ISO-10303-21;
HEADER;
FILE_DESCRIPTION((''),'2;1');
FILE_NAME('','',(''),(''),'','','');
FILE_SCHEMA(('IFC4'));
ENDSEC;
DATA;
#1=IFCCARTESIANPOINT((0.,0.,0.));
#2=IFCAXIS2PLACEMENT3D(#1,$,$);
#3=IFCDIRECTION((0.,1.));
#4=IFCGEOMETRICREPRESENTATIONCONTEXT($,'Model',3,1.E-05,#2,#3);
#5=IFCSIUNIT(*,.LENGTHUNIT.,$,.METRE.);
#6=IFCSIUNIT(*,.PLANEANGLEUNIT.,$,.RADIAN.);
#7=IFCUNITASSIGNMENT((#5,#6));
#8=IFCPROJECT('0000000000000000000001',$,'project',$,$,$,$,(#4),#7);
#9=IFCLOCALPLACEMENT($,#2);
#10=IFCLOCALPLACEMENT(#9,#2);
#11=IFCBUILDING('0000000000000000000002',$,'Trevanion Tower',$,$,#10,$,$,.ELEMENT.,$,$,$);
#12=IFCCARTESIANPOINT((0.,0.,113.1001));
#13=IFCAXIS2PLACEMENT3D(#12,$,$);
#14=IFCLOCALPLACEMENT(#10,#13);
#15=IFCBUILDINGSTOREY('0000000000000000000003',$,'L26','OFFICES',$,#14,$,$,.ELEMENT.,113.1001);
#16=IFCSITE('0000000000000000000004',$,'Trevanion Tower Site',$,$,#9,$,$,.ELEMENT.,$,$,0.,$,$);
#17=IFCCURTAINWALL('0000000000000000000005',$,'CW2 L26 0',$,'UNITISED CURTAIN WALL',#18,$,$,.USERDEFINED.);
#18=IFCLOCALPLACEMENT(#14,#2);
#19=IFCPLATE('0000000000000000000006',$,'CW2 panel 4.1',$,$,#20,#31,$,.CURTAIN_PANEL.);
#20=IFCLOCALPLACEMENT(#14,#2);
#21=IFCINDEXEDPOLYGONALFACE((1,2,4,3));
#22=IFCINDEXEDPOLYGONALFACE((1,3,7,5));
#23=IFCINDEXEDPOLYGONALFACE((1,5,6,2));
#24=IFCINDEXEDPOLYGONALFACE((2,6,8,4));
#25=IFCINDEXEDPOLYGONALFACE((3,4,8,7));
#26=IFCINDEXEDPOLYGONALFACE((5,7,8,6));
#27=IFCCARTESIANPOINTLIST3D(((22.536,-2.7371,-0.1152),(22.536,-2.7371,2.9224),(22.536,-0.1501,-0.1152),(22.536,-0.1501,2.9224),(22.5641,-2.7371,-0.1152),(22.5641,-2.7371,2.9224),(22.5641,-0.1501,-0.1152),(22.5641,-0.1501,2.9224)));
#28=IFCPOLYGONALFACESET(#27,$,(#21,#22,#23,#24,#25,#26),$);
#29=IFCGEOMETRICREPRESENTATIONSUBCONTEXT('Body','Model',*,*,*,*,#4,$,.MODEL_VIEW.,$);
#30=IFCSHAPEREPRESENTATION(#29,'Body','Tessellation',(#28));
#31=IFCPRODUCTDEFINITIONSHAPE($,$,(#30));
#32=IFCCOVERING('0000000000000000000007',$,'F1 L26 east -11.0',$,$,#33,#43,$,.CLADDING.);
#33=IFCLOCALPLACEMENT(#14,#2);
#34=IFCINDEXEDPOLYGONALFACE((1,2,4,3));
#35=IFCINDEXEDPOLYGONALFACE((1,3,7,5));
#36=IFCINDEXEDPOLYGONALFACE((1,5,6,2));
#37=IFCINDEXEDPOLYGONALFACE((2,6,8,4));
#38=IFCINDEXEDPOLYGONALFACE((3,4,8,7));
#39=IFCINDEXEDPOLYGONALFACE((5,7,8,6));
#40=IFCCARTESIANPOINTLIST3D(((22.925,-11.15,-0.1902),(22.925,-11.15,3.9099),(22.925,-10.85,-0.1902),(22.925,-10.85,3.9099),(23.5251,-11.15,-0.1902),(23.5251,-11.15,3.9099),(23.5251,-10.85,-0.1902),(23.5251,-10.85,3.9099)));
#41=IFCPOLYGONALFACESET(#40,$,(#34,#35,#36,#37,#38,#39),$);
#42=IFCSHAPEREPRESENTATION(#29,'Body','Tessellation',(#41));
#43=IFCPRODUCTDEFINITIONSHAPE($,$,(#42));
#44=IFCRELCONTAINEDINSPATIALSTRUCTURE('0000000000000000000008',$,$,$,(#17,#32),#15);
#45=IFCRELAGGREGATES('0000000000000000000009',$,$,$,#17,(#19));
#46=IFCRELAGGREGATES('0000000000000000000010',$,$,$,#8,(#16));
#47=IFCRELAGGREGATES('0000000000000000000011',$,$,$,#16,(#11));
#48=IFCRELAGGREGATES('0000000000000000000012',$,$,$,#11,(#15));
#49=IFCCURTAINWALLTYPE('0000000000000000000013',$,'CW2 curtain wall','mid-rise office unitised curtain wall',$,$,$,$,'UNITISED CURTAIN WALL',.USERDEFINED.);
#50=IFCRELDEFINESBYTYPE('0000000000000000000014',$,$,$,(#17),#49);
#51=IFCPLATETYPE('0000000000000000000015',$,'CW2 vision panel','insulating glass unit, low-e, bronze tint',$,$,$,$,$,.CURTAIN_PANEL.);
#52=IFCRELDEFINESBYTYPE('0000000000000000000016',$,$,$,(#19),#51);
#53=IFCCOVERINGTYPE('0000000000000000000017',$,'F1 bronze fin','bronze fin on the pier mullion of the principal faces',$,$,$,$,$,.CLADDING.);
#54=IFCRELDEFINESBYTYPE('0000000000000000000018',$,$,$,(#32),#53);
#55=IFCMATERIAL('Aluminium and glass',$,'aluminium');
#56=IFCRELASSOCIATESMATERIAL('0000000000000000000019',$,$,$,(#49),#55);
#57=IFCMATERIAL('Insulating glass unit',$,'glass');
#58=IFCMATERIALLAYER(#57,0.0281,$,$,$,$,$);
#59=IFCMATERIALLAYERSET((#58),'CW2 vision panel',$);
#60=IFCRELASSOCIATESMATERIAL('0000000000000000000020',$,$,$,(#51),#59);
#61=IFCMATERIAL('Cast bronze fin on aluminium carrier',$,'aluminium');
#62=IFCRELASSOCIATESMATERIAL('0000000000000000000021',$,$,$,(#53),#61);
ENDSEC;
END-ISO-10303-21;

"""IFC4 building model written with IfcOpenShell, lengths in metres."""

from ifc_helpers import new_model, si_unit, direction, frame, origin, origin_2d, place, context, subcontext, project, spatial, rectangle, extrude, material, layer, layer_set, type_object, element, aggregate, save


model = new_model("IFC4")

# Units and contexts
model_context = context("Model", 3, precision=1e-05, world=origin(), true_north=direction((0.0, 1.0)))
body_context = subcontext(model_context, "Body", "Model", "MODEL_VIEW")
ifc_project = project(units=[si_unit("LENGTHUNIT", "METRE"), si_unit("PLANEANGLEUNIT", "RADIAN")], contexts=[model_context])

# Site, building, storey
site_placement = place(None, origin())
site = spatial("IfcSite", under=ifc_project, at=site_placement, Name="Trevanion Tower Site", CompositionType="ELEMENT", RefElevation=0.0)
building_placement = place(site_placement, origin())
building = spatial("IfcBuilding", under=site, at=building_placement, Name="Trevanion Tower", CompositionType="ELEMENT")
storey_placement = place(building_placement, frame((0.0, 0.0, 113.1001)))
storey = spatial("IfcBuildingStorey", under=building, at=storey_placement, Name="L26", Description="OFFICES", CompositionType="ELEMENT", Elevation=113.1001)

# Curtain wall, plate
ifc_material_1 = material(Name="Aluminium and glass", Category="aluminium")
curtain_wall_type = type_object("IfcCurtainWallType", Name="CW2 curtain wall", Description="mid-rise office unitised curtain wall", ElementType="UNITISED CURTAIN WALL", PredefinedType="USERDEFINED", material=ifc_material_1)
curtain_wall_placement = place(storey_placement, origin())
curtain_wall = element("IfcCurtainWall", 1, at=curtain_wall_placement, inside=storey, type_object=curtain_wall_type, Name="CW2 L26 0", ObjectType="UNITISED CURTAIN WALL", PredefinedType="USERDEFINED")
ifc_material_2 = material(Name="Insulating glass unit", Category="glass")
ifc_layer_1 = layer(ifc_material_2, 0.0281)
ifc_layer_set_1 = layer_set([ifc_layer_1], Name="CW2 vision panel")
plate_type_1 = type_object("IfcPlateType", Name="CW2 vision panel", Description="insulating glass unit, low-e, bronze tint", PredefinedType="CURTAIN_PANEL", material=ifc_layer_set_1)
plate_1_placement = place(storey_placement, frame((22.55, -1.4436, -0.1152), z_axis=(0.0, 0.0, 1.0), x_axis=(0.0, 1.0, 0.0)))
plate_1 = element("IfcPlate", 2, at=plate_1_placement, type_object=plate_type_1, Name="CW2 panel 4.1", PredefinedType="CURTAIN_PANEL", context=body_context, shape_type="SweptSolid", body=[
    extrude(rectangle(XDim=2.5869, YDim=0.0281, at=origin_2d()), origin(), (0.0, 0.0, 1.0), 3.0376),
])
aggregate(curtain_wall, [plate_1])

# Covering
ifc_material_3 = material(Name="Cast bronze fin on aluminium carrier", Category="aluminium")
covering_type = type_object("IfcCoveringType", Name="F1 bronze fin", Description="bronze fin on the pier mullion of the principal faces", PredefinedType="CLADDING", material=ifc_material_3)
covering_placement = place(storey_placement, frame((23.2251, -11.0, -0.1902), z_axis=(0.0, 0.0, 1.0), x_axis=(0.0, 1.0, 0.0)))
element("IfcCovering", 3, at=covering_placement, inside=storey, type_object=covering_type, Name="F1 L26 east -11.0", PredefinedType="CLADDING", context=body_context, shape_type="SweptSolid", body=[
    extrude(rectangle(XDim=0.3, YDim=0.6001, at=origin_2d()), origin(), (0.0, 0.0, 1.0), 4.1001),
])

save(model, "model.ifc")
